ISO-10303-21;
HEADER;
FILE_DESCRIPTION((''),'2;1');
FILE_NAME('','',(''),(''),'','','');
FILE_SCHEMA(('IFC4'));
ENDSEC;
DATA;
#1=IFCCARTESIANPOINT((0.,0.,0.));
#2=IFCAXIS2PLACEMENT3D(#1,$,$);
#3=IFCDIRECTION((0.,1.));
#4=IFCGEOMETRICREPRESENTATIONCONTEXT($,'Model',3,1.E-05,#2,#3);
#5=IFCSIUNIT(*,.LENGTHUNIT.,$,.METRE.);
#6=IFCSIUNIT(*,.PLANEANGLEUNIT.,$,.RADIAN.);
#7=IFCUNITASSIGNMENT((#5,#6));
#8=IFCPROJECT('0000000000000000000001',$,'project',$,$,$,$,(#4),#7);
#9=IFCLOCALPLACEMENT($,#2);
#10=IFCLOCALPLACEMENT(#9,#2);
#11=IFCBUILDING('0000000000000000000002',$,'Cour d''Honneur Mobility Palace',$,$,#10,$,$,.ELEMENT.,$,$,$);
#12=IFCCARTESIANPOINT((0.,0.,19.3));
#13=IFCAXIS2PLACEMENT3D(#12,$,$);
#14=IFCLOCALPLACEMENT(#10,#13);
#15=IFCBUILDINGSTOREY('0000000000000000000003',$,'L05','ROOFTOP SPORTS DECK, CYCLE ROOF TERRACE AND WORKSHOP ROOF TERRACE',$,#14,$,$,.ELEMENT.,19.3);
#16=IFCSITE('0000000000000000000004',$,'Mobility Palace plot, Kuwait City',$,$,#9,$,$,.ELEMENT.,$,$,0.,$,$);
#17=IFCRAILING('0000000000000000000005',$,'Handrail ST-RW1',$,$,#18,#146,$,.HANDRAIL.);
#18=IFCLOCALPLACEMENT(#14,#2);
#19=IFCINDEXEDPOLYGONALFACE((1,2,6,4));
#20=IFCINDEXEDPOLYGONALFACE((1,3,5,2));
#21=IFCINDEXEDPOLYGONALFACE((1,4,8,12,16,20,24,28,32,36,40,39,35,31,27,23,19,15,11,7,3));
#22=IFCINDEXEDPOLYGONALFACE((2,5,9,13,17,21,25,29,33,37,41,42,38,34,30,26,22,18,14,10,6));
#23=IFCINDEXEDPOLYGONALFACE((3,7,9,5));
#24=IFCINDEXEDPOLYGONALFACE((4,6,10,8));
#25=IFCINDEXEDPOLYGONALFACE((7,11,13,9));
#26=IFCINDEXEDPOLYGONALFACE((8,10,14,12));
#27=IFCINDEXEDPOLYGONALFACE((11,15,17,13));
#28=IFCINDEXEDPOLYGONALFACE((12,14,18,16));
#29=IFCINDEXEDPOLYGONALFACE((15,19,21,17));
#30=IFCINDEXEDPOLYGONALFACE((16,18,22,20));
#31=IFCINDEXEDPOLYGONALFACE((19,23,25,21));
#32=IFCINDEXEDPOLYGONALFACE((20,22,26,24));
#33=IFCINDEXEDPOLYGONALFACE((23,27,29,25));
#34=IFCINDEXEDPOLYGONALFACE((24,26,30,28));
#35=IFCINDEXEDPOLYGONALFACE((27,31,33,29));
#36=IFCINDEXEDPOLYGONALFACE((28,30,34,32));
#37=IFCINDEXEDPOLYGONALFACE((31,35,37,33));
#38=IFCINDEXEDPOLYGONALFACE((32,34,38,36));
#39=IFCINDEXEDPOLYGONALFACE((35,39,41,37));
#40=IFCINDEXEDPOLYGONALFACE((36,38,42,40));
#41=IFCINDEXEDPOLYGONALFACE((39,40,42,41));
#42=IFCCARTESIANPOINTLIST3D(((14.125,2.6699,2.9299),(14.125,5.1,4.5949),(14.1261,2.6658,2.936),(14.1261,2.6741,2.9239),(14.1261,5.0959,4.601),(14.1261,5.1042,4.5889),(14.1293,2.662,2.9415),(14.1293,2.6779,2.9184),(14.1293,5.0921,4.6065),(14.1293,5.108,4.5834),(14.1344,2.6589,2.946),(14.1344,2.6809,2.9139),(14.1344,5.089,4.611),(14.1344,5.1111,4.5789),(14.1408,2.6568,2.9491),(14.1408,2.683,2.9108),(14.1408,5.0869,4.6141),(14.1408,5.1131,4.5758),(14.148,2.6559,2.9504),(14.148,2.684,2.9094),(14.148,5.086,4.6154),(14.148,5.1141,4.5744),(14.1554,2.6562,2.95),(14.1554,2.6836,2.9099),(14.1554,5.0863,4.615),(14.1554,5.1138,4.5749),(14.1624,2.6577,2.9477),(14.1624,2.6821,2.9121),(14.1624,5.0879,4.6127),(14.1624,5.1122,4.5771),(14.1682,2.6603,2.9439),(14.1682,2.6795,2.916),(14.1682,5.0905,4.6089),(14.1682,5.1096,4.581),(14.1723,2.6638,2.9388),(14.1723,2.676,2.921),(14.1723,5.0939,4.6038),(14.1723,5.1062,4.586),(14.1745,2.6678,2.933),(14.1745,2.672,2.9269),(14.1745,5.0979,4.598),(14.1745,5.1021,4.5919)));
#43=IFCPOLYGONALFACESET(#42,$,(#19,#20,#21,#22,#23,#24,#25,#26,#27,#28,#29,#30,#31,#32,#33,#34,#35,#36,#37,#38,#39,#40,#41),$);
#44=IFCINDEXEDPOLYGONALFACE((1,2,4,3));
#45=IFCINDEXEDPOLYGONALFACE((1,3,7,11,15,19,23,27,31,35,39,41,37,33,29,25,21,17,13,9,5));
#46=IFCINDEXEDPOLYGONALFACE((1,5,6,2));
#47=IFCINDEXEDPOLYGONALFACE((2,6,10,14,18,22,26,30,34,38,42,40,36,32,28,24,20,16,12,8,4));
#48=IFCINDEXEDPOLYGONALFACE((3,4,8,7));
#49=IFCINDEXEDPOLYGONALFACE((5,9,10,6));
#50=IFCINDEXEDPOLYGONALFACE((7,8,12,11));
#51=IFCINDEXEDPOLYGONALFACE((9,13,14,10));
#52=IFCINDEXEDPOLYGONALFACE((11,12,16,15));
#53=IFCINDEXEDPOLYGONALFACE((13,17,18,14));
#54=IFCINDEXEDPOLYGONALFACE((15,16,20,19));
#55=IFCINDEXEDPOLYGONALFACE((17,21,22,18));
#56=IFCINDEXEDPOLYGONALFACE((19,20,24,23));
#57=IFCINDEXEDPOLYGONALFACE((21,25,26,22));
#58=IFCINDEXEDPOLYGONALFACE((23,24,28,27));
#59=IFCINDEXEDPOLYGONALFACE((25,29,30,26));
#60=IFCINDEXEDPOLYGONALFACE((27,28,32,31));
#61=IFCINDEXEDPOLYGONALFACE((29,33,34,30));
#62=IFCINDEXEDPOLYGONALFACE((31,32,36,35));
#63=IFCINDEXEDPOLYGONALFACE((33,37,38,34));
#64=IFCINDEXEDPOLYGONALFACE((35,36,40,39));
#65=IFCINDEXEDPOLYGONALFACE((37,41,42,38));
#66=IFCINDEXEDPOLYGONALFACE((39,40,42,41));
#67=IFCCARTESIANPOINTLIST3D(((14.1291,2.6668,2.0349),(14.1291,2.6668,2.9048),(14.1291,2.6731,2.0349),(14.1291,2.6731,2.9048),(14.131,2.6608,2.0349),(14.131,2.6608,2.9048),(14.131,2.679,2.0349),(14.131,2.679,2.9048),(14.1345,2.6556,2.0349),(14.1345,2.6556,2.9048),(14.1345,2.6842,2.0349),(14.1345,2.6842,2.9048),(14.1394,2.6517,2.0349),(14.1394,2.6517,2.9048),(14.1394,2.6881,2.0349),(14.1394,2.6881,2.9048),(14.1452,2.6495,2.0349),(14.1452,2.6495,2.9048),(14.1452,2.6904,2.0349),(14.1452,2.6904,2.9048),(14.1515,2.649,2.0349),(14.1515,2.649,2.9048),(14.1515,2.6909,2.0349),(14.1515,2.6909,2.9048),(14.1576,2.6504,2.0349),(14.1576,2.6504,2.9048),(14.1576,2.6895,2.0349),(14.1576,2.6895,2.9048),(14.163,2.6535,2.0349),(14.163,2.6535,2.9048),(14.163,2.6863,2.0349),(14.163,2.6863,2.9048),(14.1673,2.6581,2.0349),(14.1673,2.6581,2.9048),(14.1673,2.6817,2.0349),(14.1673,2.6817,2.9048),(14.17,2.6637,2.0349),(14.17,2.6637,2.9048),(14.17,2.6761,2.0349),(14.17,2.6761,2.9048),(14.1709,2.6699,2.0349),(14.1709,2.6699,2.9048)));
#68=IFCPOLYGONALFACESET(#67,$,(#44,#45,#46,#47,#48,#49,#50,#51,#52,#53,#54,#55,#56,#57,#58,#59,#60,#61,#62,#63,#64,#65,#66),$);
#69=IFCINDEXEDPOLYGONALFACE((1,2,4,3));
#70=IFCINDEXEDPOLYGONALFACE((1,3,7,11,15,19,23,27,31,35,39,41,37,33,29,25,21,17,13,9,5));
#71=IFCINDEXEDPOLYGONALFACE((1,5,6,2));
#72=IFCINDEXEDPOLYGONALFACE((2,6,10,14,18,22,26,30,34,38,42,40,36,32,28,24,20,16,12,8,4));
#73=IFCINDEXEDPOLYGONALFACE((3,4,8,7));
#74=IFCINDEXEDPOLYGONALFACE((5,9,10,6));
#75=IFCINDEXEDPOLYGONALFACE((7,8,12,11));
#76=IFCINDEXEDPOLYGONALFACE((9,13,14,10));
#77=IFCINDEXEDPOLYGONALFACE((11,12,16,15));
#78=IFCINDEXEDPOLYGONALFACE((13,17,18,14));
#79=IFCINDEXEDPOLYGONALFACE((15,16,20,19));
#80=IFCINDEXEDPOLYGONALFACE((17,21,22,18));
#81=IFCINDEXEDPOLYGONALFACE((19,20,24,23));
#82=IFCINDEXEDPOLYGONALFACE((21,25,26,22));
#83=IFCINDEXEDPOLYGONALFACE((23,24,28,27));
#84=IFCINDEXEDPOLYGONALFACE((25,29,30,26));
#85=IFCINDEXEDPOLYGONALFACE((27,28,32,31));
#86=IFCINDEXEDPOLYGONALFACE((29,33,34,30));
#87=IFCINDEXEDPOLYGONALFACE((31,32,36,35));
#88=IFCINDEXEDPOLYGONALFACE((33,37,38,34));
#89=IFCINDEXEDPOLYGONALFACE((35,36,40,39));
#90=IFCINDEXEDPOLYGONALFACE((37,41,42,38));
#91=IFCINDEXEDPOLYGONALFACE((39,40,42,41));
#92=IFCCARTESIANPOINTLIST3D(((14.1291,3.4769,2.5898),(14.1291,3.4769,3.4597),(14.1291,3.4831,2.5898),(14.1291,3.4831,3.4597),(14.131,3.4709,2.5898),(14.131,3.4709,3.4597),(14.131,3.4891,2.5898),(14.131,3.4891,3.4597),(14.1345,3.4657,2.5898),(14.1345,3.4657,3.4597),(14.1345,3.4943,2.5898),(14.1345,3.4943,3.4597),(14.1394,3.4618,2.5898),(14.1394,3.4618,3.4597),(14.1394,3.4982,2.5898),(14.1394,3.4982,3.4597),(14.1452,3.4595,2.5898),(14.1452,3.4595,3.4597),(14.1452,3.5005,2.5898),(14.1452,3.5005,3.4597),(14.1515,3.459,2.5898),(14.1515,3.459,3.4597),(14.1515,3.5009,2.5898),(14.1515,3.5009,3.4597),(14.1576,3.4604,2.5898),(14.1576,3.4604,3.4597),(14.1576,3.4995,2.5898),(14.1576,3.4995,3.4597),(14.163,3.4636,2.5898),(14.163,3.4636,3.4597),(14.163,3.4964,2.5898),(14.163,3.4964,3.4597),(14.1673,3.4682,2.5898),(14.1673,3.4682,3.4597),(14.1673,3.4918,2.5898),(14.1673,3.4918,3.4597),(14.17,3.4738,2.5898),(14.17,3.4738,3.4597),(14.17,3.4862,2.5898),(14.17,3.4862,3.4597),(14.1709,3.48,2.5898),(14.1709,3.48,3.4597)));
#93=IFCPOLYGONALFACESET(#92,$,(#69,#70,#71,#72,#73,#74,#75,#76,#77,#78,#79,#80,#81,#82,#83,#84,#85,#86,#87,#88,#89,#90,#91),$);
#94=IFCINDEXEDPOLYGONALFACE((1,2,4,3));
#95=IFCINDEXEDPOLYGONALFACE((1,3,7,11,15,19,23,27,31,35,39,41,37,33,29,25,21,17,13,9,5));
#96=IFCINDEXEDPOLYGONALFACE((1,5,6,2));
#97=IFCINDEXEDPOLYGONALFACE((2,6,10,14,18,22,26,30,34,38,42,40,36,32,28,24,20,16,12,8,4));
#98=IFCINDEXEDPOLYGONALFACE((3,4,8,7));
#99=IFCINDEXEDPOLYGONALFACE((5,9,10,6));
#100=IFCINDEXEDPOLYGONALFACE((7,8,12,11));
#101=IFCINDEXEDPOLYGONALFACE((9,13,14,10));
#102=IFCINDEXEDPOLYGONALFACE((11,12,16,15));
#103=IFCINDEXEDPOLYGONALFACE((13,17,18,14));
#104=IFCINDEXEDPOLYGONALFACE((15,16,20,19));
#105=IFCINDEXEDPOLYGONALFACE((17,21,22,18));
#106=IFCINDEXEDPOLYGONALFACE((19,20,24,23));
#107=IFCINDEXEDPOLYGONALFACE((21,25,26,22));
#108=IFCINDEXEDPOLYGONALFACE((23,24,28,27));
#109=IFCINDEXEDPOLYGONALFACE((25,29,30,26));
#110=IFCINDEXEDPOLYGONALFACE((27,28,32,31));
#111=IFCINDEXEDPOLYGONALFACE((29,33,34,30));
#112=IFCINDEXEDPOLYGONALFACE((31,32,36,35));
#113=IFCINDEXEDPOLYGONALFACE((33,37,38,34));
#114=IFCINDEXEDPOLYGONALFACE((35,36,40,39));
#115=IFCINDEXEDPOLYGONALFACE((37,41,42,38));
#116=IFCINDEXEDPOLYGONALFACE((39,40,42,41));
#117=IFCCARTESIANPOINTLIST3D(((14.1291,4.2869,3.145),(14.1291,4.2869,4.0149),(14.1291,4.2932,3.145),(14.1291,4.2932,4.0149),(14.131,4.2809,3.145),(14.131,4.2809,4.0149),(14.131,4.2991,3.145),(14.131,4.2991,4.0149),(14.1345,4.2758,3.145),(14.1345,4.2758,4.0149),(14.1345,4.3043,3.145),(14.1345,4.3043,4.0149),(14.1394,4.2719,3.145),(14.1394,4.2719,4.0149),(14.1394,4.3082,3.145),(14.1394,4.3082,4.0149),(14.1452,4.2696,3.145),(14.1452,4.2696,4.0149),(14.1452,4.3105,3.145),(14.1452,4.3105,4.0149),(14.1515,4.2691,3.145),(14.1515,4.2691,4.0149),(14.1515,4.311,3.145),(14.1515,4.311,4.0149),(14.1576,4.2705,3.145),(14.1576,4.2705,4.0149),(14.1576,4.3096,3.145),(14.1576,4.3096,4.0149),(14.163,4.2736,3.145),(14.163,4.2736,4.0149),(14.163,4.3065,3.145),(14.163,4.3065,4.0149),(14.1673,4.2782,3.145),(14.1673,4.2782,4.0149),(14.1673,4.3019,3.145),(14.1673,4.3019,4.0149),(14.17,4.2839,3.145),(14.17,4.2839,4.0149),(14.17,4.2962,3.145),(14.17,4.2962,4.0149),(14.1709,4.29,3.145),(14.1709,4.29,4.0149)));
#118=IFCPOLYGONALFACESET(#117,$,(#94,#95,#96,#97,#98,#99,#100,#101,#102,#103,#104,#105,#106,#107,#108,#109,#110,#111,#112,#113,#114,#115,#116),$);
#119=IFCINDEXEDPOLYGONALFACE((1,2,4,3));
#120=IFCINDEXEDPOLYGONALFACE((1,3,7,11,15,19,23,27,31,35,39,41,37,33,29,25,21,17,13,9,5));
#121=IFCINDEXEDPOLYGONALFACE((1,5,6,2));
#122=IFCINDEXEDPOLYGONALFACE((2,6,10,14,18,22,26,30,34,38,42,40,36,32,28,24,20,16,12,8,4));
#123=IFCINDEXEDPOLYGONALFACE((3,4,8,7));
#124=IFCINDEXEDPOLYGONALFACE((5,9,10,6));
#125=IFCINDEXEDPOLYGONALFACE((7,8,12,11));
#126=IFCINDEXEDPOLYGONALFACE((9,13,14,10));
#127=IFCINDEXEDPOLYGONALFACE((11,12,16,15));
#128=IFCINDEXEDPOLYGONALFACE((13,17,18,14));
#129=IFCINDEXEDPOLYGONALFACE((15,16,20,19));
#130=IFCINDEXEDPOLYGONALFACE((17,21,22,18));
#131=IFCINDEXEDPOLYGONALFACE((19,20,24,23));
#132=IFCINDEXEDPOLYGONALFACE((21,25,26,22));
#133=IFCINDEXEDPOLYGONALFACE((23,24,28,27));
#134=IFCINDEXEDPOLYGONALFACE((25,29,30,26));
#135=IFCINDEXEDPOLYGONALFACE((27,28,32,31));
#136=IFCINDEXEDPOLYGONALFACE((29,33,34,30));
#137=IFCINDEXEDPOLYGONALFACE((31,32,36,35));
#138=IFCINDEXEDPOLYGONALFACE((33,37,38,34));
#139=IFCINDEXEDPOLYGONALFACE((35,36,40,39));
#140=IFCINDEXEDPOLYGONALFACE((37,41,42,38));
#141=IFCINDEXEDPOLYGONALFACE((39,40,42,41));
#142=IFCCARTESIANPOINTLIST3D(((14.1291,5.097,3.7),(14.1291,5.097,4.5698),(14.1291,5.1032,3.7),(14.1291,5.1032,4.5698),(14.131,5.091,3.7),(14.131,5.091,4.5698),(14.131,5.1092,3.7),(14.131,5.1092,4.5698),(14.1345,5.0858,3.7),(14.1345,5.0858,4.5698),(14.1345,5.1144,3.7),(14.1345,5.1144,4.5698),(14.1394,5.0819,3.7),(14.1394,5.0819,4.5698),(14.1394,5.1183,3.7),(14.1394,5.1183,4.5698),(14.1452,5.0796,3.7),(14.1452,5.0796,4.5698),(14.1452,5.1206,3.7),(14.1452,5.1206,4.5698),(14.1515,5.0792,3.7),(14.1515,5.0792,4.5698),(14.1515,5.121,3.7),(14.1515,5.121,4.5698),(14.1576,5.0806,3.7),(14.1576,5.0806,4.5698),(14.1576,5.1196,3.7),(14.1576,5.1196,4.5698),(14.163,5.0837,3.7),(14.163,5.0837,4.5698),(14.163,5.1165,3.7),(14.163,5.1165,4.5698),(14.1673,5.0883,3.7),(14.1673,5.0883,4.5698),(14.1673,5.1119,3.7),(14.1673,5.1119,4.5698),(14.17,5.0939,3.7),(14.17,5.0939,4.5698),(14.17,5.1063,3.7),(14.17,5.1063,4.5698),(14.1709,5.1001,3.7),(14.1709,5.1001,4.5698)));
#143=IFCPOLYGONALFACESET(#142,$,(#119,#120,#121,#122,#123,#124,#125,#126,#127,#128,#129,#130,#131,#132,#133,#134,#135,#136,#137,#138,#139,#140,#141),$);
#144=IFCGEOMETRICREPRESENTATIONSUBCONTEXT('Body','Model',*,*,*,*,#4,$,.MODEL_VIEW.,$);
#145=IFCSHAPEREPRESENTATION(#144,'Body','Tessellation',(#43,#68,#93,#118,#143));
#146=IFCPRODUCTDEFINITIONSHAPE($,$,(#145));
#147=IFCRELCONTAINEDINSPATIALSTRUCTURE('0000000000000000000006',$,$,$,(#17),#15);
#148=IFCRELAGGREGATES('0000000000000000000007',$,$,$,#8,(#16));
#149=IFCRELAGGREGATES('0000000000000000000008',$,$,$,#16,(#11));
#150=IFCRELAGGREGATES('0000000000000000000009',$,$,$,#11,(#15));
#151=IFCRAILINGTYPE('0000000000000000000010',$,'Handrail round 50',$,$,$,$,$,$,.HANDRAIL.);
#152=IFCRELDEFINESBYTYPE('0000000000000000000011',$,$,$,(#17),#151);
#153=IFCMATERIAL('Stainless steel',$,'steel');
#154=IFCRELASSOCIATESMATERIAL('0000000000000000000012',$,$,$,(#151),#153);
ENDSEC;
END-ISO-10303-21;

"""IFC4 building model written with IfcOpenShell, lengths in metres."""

from ifc_helpers import new_model, si_unit, direction, frame, origin, origin_2d, place, context, subcontext, project, spatial, circle, extrude, material, type_object, element, save


model = new_model("IFC4")

# Units and contexts
model_context = context("Model", 3, precision=1e-05, world=origin(), true_north=direction((0.0, 1.0)))
body_context = subcontext(model_context, "Body", "Model", "MODEL_VIEW")
ifc_project = project(units=[si_unit("LENGTHUNIT", "METRE"), si_unit("PLANEANGLEUNIT", "RADIAN")], contexts=[model_context])

# Site, building, storey
site_placement = place(None, origin())
site = spatial("IfcSite", under=ifc_project, at=site_placement, Name="Mobility Palace plot, Kuwait City", CompositionType="ELEMENT", RefElevation=0.0)
building_placement = place(site_placement, origin())
building = spatial("IfcBuilding", under=site, at=building_placement, Name="Cour d'Honneur Mobility Palace", CompositionType="ELEMENT")
storey_placement = place(building_placement, frame((0.0, 0.0, 19.3)))
storey = spatial("IfcBuildingStorey", under=building, at=storey_placement, Name="L05", Description="ROOFTOP SPORTS DECK, CYCLE ROOF TERRACE AND WORKSHOP ROOF TERRACE", CompositionType="ELEMENT", Elevation=19.3)

# Railing
ifc_material_1 = material(Name="Stainless steel", Category="steel")
railing_type_1 = type_object("IfcRailingType", Name="Handrail round 50", PredefinedType="HANDRAIL", material=ifc_material_1)
for number, where, name in (
    (1, (14.1499, 2.6699, 2.0349), "Handrail ST-RW1"),
):
    element("IfcRailing", number, at=place(storey_placement, frame(where)), inside=storey, type_object=railing_type_1, Name=name, PredefinedType="HANDRAIL", context=body_context, shape_type="SweptSolid", body=[
        extrude(circle(Radius=0.0249, at=origin_2d()), frame((0.0, 0.0, 0.895), z_axis=(0.0, 0.824945, 0.565213), x_axis=(-1.0, 0.0, 0.0)), (0.0, 0.0, 1.0), 2.9458),
        extrude(circle(Radius=0.021, at=origin_2d()), origin(), (0.0, 0.0, 1.0), 0.8699),
        extrude(circle(Radius=0.021, at=origin_2d()), frame((0.0, 0.8101, 0.5549)), (0.0, 0.0, 1.0), 0.8699),
        extrude(circle(Radius=0.021, at=origin_2d()), frame((0.0, 1.6201, 1.1101)), (0.0, 0.0, 1.0), 0.8699),
        extrude(circle(Radius=0.021, at=origin_2d()), frame((0.0, 2.4302, 1.665)), (0.0, 0.0, 1.0), 0.8699),
    ])

save(model, "model.ifc")
